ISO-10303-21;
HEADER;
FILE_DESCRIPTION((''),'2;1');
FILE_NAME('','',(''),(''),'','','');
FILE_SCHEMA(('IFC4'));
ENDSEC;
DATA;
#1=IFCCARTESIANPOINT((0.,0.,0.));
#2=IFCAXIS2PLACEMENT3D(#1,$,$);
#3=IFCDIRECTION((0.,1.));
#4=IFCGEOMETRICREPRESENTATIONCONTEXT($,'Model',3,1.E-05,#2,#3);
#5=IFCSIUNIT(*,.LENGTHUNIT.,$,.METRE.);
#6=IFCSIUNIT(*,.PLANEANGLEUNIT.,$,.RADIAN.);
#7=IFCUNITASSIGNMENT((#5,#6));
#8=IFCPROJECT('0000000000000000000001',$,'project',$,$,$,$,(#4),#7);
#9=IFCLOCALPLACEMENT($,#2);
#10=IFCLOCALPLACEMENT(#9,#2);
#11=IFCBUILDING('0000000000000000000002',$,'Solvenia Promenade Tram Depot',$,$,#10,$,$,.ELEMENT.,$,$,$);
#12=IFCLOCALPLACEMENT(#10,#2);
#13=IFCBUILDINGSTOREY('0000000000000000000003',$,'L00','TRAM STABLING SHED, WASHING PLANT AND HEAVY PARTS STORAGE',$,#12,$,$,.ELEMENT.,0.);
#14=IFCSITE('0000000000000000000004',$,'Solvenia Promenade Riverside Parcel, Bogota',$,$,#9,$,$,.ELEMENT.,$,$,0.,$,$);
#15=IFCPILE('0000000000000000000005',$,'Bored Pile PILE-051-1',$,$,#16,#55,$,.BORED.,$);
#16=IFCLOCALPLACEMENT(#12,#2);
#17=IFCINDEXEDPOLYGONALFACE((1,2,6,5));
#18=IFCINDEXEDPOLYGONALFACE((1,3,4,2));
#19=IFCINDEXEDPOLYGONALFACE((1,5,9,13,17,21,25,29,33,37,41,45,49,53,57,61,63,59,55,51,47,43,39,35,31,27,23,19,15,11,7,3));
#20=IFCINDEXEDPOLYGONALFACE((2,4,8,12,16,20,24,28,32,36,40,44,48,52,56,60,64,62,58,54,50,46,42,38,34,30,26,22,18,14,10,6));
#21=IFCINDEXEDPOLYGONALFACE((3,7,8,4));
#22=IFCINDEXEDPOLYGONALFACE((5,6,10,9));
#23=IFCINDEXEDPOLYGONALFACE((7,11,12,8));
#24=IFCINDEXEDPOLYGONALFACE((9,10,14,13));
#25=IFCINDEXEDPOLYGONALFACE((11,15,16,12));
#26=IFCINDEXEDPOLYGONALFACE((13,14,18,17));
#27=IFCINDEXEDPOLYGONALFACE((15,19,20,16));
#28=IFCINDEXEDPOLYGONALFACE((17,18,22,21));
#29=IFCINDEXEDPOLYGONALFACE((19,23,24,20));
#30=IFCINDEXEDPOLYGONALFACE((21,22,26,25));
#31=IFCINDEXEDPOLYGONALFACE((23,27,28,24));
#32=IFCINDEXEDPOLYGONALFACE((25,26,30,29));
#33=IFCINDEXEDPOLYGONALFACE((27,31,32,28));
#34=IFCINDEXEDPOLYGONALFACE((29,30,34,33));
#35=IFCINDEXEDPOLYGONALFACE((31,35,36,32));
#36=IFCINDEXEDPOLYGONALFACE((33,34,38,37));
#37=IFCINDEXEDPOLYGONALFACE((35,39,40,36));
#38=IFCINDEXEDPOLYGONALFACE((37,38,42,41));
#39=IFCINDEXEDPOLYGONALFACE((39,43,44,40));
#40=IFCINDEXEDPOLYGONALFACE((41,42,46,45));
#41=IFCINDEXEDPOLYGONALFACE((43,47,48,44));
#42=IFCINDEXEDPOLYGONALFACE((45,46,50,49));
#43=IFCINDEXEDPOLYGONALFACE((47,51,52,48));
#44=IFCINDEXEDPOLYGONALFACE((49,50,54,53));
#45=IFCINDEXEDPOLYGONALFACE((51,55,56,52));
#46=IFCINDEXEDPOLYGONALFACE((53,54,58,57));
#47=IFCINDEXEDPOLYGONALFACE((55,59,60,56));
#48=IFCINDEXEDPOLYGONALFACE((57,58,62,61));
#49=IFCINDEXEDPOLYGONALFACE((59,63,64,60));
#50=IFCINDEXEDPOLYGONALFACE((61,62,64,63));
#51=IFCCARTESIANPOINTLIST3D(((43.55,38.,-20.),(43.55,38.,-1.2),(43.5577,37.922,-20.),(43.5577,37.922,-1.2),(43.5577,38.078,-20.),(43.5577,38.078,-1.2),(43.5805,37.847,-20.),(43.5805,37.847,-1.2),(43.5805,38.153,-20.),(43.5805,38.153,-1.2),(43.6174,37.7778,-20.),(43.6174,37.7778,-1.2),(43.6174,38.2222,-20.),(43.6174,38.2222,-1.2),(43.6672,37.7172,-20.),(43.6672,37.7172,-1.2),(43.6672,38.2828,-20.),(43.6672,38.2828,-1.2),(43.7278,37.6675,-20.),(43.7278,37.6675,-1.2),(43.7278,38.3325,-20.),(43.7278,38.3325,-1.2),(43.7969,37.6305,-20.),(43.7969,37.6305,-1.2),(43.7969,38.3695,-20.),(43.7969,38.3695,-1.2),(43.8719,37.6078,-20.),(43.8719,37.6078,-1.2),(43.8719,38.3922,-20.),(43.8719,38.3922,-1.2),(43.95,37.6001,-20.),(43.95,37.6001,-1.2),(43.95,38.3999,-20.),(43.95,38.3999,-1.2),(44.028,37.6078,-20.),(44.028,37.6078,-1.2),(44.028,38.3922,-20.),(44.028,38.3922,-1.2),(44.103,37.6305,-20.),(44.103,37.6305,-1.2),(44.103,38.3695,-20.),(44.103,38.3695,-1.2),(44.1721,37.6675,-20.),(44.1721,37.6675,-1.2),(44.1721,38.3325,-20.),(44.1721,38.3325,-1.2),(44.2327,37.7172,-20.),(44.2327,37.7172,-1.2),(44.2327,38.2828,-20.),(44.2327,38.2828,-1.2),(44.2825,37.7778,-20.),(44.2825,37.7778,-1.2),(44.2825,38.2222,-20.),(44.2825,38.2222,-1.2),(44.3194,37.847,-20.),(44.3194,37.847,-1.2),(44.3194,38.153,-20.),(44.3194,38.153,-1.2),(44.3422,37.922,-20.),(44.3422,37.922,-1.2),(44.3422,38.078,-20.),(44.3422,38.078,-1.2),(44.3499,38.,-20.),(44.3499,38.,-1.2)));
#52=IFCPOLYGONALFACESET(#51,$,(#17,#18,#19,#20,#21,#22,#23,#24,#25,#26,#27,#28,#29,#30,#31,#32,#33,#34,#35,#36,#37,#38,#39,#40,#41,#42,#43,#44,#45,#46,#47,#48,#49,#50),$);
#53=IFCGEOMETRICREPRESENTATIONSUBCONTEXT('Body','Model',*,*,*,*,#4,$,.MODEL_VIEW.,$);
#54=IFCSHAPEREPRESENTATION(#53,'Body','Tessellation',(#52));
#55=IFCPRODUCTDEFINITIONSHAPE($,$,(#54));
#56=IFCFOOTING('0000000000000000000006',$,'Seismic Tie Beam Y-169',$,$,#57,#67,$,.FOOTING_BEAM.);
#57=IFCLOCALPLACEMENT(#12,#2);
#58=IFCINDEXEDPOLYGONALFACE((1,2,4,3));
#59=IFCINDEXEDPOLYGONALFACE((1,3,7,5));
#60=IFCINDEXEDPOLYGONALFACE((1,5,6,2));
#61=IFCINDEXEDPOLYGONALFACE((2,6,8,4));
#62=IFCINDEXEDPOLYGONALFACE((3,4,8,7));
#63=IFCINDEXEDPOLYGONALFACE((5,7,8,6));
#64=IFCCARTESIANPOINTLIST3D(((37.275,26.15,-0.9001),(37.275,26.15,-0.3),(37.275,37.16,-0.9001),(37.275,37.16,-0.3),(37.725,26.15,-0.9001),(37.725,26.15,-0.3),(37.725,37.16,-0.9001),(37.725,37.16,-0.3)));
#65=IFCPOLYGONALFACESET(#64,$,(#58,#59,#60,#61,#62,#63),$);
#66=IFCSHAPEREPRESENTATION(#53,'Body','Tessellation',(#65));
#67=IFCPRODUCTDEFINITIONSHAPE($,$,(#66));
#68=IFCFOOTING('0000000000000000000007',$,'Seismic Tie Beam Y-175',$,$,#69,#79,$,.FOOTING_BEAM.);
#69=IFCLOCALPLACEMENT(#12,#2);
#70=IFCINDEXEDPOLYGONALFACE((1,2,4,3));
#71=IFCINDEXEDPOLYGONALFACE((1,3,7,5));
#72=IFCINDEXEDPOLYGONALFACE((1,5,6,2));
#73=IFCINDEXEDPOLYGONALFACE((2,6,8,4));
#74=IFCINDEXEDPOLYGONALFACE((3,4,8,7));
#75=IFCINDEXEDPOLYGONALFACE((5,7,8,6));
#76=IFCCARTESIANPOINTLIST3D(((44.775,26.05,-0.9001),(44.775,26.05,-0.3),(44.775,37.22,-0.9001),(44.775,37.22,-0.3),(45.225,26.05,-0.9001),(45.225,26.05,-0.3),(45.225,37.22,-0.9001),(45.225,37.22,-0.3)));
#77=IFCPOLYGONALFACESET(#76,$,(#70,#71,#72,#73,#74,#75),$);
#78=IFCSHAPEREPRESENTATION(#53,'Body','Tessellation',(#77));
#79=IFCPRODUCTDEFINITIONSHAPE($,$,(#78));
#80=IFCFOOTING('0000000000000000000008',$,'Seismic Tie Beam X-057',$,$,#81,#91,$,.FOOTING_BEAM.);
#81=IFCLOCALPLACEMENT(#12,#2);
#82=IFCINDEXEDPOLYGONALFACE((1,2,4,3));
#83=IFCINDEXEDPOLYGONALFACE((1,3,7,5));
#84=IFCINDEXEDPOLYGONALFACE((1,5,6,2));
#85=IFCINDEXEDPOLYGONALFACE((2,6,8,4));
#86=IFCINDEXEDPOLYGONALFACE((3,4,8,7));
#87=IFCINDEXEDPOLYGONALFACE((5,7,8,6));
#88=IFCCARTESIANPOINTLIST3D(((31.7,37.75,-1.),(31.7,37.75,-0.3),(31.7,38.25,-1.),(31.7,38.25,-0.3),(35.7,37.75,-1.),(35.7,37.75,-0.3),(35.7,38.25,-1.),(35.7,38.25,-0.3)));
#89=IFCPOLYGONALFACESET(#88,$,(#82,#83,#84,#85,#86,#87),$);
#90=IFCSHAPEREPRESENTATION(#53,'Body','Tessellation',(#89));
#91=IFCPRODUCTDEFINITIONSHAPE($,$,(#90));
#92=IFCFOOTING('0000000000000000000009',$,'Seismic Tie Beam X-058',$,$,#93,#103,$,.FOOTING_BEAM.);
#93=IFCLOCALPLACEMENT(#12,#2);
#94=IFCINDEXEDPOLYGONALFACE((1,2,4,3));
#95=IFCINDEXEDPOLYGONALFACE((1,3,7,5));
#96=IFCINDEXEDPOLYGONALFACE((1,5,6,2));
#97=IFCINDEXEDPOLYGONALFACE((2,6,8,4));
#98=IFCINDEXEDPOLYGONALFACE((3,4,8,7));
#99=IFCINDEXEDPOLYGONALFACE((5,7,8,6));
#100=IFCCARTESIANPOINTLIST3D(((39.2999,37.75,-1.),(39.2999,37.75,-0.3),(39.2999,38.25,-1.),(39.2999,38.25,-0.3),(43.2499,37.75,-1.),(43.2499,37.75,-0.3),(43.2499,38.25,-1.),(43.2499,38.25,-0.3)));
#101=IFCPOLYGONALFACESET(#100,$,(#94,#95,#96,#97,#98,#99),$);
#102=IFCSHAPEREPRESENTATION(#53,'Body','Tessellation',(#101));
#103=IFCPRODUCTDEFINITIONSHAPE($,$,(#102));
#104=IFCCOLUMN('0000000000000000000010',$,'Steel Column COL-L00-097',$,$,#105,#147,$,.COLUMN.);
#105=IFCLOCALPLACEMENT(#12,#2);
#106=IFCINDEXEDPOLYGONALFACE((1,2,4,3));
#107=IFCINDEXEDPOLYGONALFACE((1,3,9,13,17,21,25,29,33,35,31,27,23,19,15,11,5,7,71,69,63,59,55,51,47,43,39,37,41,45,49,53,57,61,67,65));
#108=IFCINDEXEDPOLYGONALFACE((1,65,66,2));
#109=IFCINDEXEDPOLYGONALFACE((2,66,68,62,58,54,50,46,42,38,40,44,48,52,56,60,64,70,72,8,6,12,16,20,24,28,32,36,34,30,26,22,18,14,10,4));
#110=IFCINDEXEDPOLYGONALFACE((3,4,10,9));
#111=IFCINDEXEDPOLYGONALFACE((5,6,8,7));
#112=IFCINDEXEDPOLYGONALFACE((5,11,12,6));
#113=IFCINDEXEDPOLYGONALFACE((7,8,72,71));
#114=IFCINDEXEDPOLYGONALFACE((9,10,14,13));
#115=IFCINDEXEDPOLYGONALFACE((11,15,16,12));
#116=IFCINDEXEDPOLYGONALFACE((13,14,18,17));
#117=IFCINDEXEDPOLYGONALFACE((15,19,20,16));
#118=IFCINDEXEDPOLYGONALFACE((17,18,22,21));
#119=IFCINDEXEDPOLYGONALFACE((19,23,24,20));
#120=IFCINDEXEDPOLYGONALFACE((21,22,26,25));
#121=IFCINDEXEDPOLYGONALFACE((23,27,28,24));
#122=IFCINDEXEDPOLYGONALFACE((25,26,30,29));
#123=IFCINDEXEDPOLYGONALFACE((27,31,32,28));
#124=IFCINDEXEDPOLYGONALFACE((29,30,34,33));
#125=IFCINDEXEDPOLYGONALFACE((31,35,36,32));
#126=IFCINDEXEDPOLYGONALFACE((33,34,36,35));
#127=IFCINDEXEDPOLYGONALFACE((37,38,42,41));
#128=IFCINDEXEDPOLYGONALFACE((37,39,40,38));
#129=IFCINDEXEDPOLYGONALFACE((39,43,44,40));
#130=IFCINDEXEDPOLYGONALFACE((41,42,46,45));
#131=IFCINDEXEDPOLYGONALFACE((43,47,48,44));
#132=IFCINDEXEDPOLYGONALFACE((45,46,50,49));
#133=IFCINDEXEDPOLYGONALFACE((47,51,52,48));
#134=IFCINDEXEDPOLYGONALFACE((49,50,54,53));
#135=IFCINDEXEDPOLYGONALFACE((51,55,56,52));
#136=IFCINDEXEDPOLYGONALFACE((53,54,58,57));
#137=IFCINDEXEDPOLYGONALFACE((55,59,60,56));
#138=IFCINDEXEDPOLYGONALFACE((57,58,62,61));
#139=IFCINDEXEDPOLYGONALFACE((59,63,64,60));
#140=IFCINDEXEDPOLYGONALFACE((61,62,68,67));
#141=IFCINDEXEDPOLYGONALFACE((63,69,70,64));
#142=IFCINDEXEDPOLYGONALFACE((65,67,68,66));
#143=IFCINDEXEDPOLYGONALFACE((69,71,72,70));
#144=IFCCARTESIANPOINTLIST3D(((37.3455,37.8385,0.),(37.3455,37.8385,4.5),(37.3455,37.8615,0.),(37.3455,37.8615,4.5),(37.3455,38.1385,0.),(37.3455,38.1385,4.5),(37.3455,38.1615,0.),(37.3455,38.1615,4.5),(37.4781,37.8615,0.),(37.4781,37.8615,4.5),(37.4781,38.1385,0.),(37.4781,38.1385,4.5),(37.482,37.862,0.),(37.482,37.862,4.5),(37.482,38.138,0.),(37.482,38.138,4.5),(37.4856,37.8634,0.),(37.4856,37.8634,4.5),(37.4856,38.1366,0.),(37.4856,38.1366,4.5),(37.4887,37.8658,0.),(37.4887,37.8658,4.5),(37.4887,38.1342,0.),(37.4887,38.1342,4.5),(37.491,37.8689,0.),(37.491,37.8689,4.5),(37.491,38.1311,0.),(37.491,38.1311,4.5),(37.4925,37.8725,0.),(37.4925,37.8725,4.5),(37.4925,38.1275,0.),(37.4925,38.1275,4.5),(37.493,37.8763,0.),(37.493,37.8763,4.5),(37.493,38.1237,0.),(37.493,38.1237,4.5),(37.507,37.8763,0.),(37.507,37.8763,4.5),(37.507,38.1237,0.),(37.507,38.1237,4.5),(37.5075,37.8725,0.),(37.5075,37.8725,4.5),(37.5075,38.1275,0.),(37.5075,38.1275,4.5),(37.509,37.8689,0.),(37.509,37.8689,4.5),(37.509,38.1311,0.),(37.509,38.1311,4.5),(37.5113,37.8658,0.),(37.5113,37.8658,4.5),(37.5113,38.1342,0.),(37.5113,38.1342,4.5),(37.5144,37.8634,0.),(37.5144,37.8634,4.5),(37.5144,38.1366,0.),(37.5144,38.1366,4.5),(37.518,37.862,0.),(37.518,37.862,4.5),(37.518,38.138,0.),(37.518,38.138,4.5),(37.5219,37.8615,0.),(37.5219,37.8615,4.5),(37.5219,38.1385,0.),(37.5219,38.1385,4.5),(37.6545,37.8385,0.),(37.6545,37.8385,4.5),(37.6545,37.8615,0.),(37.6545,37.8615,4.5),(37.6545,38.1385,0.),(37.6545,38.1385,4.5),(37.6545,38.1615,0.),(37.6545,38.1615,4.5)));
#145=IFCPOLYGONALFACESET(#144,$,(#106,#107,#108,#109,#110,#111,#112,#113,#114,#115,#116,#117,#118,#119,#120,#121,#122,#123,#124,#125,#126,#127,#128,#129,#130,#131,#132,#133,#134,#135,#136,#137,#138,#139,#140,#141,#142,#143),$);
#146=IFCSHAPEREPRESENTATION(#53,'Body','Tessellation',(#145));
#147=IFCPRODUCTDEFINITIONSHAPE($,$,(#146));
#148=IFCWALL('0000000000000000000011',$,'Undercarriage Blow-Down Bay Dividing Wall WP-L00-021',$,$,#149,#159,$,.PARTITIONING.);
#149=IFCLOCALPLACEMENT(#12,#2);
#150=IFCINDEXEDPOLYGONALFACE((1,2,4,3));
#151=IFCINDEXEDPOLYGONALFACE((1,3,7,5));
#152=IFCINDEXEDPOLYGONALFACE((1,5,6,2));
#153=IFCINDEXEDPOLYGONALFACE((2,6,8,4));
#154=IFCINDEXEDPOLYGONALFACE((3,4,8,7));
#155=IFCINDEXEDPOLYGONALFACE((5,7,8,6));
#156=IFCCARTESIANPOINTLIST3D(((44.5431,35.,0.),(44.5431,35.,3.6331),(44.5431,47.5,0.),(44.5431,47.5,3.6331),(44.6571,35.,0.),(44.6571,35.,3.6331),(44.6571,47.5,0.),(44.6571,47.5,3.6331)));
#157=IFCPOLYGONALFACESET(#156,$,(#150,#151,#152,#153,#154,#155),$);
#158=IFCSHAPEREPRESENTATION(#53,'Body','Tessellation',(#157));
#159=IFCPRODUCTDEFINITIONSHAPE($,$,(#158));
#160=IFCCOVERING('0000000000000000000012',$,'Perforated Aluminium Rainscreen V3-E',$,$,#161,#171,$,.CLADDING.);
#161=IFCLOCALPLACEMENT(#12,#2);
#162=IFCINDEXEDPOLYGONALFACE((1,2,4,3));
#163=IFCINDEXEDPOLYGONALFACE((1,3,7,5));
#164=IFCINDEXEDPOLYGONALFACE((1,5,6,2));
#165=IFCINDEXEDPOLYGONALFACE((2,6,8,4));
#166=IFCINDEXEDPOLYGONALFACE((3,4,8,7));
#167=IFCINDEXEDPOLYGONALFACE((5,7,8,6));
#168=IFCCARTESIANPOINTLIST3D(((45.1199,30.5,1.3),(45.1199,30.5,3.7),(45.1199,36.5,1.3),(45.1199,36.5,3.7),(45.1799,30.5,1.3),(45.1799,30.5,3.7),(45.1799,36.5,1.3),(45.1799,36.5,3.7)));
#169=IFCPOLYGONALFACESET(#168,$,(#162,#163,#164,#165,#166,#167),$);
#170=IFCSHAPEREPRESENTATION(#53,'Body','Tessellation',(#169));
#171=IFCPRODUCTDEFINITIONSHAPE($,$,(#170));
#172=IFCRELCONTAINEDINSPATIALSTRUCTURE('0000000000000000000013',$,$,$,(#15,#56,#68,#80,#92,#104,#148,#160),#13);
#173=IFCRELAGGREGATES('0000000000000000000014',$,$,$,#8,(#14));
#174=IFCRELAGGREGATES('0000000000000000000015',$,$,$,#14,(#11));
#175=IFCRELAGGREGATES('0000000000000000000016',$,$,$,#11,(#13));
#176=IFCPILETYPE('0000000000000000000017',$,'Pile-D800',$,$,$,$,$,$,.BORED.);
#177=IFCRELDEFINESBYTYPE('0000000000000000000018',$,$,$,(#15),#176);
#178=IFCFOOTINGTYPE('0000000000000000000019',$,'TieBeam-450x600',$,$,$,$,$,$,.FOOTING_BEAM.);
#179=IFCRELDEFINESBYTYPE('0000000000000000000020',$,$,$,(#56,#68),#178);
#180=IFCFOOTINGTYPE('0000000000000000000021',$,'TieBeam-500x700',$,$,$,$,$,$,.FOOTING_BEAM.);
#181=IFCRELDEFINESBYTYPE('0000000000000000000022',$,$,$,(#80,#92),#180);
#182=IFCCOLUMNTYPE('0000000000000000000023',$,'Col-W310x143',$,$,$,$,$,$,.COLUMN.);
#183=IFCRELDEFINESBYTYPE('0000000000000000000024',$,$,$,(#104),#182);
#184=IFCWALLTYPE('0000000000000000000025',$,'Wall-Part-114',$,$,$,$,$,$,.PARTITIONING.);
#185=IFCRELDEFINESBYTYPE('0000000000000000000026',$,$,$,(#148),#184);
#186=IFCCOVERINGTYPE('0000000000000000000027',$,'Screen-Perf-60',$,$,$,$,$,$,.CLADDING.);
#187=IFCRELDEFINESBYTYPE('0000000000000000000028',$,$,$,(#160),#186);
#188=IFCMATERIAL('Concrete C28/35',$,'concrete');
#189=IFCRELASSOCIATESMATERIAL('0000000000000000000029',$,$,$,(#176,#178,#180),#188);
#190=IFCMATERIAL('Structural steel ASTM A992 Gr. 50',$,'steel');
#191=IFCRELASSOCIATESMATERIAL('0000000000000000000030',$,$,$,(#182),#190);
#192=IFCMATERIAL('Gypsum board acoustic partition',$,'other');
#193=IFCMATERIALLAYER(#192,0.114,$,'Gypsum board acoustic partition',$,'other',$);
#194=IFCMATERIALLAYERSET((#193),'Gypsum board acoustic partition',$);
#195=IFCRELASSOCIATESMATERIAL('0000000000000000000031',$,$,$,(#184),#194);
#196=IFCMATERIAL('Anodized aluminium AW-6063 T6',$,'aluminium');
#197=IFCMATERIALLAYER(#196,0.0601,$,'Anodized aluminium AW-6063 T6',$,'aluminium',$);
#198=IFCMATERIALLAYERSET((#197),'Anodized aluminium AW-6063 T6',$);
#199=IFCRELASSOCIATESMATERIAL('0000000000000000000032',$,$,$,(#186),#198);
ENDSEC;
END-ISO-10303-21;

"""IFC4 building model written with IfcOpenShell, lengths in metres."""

from ifc_helpers import new_model, si_unit, direction, frame, frame_2d, origin, origin_2d, place, context, subcontext, project, spatial, rectangle, circle, i_section, extrude, material, layer, layer_set, material_profile, profile_set, type_object, element, save


model = new_model("IFC4")

# Units and contexts
model_context = context("Model", 3, precision=1e-05, world=origin(), true_north=direction((0.0, 1.0)))
body_context = subcontext(model_context, "Body", "Model", "MODEL_VIEW")
ifc_project = project(units=[si_unit("LENGTHUNIT", "METRE"), si_unit("PLANEANGLEUNIT", "RADIAN")], contexts=[model_context])

# Site, building, storey
site_placement = place(None, origin())
site = spatial("IfcSite", under=ifc_project, at=site_placement, Name="Solvenia Promenade Riverside Parcel, Bogota", CompositionType="ELEMENT", RefElevation=0.0)
building_placement = place(site_placement, origin())
building = spatial("IfcBuilding", under=site, at=building_placement, Name="Solvenia Promenade Tram Depot", CompositionType="ELEMENT")
storey_placement = place(building_placement, origin())
storey = spatial("IfcBuildingStorey", under=building, at=storey_placement, Name="L00", Description="TRAM STABLING SHED, WASHING PLANT AND HEAVY PARTS STORAGE", CompositionType="ELEMENT", Elevation=0.0)

# Shared definitions
ifc_material_1 = material(Name="Concrete C28/35", Category="concrete")

# Pile
ifc_material_profile_1 = material_profile(ifc_material_1, circle(Radius=0.3999, at=origin_2d()), Name="D800", Category="concrete")
ifc_profile_set_1 = profile_set([ifc_material_profile_1], Name="Concrete C28/35")
pile_type_1 = type_object("IfcPileType", Name="Pile-D800", PredefinedType="BORED", material=ifc_profile_set_1)
pile_placement = place(storey_placement, frame((43.95, 38.0, -1.2), z_axis=(0.0, 0.0, -1.0), x_axis=(1.0, 0.0, 0.0)))
element("IfcPile", 1, at=pile_placement, inside=storey, type_object=pile_type_1, Name="Bored Pile PILE-051-1", PredefinedType="BORED", context=body_context, shape_type="SweptSolid", body=[
    extrude(circle(Radius=0.3999, at=origin_2d()), origin(), (0.0, 0.0, 1.0), 18.8),
])

# Footings
footing_type_1 = type_object("IfcFootingType", Name="TieBeam-450x600", PredefinedType="FOOTING_BEAM", material=ifc_material_1)
footing_1_placement = place(storey_placement, frame((37.5, 31.655, -0.9001), z_axis=(0.0, 0.0, 1.0), x_axis=(1.0, 0.0, 0.0)))
element("IfcFooting", 2, at=footing_1_placement, inside=storey, type_object=footing_type_1, Name="Seismic Tie Beam Y-169", PredefinedType="FOOTING_BEAM", context=body_context, shape_type="SweptSolid", body=[
    extrude(rectangle(XDim=0.45, YDim=11.01, at=origin_2d()), origin(), (0.0, 0.0, 1.0), 0.6001),
])
footing_2_placement = place(storey_placement, frame((45.0, 31.635, -0.9001), z_axis=(0.0, 0.0, 1.0), x_axis=(1.0, 0.0, 0.0)))
element("IfcFooting", 3, at=footing_2_placement, inside=storey, type_object=footing_type_1, Name="Seismic Tie Beam Y-175", PredefinedType="FOOTING_BEAM", context=body_context, shape_type="SweptSolid", body=[
    extrude(rectangle(XDim=0.45, YDim=11.1699, at=origin_2d()), origin(), (0.0, 0.0, 1.0), 0.6001),
])
footing_type_2 = type_object("IfcFootingType", Name="TieBeam-500x700", PredefinedType="FOOTING_BEAM", material=ifc_material_1)
footing_3_placement = place(storey_placement, frame((33.7, 38.0, -1.0), z_axis=(0.0, 0.0, 1.0), x_axis=(1.0, 0.0, 0.0)))
element("IfcFooting", 4, at=footing_3_placement, inside=storey, type_object=footing_type_2, Name="Seismic Tie Beam X-057", PredefinedType="FOOTING_BEAM", context=body_context, shape_type="SweptSolid", body=[
    extrude(rectangle(XDim=4.0, YDim=0.5, at=origin_2d()), origin(), (0.0, 0.0, 1.0), 0.7),
])
footing_4_placement = place(storey_placement, frame((41.2749, 38.0, -1.0), z_axis=(0.0, 0.0, 1.0), x_axis=(1.0, 0.0, 0.0)))
element("IfcFooting", 5, at=footing_4_placement, inside=storey, type_object=footing_type_2, Name="Seismic Tie Beam X-058", PredefinedType="FOOTING_BEAM", context=body_context, shape_type="SweptSolid", body=[
    extrude(rectangle(XDim=3.95, YDim=0.5, at=origin_2d()), origin(), (0.0, 0.0, 1.0), 0.7),
])

# Column
ifc_material_2 = material(Name="Structural steel ASTM A992 Gr. 50", Category="steel")
ifc_material_profile_2 = material_profile(ifc_material_2, i_section(OverallWidth=0.3091, OverallDepth=0.323, WebThickness=0.0139, FlangeThickness=0.0229, FilletRadius=0.0149, at=origin_2d()), Name="W310x143", Category="steel")
ifc_profile_set_2 = profile_set([ifc_material_profile_2], Name="Structural steel ASTM A992 Gr. 50")
column_type = type_object("IfcColumnType", Name="Col-W310x143", PredefinedType="COLUMN", material=ifc_profile_set_2)
column_placement = place(storey_placement, frame((37.5, 38.0, 0.0), z_axis=(0.0, 0.0, 1.0), x_axis=(1.0, 0.0, 0.0)))
element("IfcColumn", 6, at=column_placement, inside=storey, type_object=column_type, Name="Steel Column COL-L00-097", PredefinedType="COLUMN", context=body_context, shape_type="SweptSolid", body=[
    extrude(i_section(OverallWidth=0.3091, OverallDepth=0.323, WebThickness=0.0139, FlangeThickness=0.0229, FilletRadius=0.0149, at=origin_2d()), origin(), (0.0, 0.0, 1.0), 4.5),
])

# Wall
ifc_material_3 = material(Name="Gypsum board acoustic partition", Category="other")
ifc_layer_1 = layer(ifc_material_3, 0.114, Name="Gypsum board acoustic partition", Category="other")
ifc_layer_set_1 = layer_set([ifc_layer_1], Name="Gypsum board acoustic partition")
wall_type = type_object("IfcWallType", Name="Wall-Part-114", PredefinedType="PARTITIONING", material=ifc_layer_set_1)
wall_placement = place(storey_placement, frame((44.6001, 35.0, 0.0), z_axis=(0.0, 0.0, 1.0), x_axis=(0.0, 1.0, 0.0)))
element("IfcWall", 7, at=wall_placement, inside=storey, type_object=wall_type, Name="Undercarriage Blow-Down Bay Dividing Wall WP-L00-021", PredefinedType="PARTITIONING", context=body_context, shape_type="SweptSolid", body=[
    extrude(rectangle(XDim=12.5, YDim=0.114, at=frame_2d((6.25, 0.0))), origin(), (0.0, 0.0, 1.0), 3.6331),
])

# Covering
ifc_material_4 = material(Name="Anodized aluminium AW-6063 T6", Category="aluminium")
ifc_layer_2 = layer(ifc_material_4, 0.0601, Name="Anodized aluminium AW-6063 T6", Category="aluminium")
ifc_layer_set_2 = layer_set([ifc_layer_2], Name="Anodized aluminium AW-6063 T6")
covering_type = type_object("IfcCoveringType", Name="Screen-Perf-60", PredefinedType="CLADDING", material=ifc_layer_set_2)
covering_placement = place(storey_placement, frame((45.1499, 33.5, 1.3), z_axis=(0.0, 0.0, 1.0), x_axis=(1.0, 0.0, 0.0)))
element("IfcCovering", 8, at=covering_placement, inside=storey, type_object=covering_type, Name="Perforated Aluminium Rainscreen V3-E", PredefinedType="CLADDING", context=body_context, shape_type="SweptSolid", body=[
    extrude(rectangle(XDim=0.0601, YDim=6.0, at=origin_2d()), origin(), (0.0, 0.0, 1.0), 2.3999),
])

save(model, "model.ifc")
